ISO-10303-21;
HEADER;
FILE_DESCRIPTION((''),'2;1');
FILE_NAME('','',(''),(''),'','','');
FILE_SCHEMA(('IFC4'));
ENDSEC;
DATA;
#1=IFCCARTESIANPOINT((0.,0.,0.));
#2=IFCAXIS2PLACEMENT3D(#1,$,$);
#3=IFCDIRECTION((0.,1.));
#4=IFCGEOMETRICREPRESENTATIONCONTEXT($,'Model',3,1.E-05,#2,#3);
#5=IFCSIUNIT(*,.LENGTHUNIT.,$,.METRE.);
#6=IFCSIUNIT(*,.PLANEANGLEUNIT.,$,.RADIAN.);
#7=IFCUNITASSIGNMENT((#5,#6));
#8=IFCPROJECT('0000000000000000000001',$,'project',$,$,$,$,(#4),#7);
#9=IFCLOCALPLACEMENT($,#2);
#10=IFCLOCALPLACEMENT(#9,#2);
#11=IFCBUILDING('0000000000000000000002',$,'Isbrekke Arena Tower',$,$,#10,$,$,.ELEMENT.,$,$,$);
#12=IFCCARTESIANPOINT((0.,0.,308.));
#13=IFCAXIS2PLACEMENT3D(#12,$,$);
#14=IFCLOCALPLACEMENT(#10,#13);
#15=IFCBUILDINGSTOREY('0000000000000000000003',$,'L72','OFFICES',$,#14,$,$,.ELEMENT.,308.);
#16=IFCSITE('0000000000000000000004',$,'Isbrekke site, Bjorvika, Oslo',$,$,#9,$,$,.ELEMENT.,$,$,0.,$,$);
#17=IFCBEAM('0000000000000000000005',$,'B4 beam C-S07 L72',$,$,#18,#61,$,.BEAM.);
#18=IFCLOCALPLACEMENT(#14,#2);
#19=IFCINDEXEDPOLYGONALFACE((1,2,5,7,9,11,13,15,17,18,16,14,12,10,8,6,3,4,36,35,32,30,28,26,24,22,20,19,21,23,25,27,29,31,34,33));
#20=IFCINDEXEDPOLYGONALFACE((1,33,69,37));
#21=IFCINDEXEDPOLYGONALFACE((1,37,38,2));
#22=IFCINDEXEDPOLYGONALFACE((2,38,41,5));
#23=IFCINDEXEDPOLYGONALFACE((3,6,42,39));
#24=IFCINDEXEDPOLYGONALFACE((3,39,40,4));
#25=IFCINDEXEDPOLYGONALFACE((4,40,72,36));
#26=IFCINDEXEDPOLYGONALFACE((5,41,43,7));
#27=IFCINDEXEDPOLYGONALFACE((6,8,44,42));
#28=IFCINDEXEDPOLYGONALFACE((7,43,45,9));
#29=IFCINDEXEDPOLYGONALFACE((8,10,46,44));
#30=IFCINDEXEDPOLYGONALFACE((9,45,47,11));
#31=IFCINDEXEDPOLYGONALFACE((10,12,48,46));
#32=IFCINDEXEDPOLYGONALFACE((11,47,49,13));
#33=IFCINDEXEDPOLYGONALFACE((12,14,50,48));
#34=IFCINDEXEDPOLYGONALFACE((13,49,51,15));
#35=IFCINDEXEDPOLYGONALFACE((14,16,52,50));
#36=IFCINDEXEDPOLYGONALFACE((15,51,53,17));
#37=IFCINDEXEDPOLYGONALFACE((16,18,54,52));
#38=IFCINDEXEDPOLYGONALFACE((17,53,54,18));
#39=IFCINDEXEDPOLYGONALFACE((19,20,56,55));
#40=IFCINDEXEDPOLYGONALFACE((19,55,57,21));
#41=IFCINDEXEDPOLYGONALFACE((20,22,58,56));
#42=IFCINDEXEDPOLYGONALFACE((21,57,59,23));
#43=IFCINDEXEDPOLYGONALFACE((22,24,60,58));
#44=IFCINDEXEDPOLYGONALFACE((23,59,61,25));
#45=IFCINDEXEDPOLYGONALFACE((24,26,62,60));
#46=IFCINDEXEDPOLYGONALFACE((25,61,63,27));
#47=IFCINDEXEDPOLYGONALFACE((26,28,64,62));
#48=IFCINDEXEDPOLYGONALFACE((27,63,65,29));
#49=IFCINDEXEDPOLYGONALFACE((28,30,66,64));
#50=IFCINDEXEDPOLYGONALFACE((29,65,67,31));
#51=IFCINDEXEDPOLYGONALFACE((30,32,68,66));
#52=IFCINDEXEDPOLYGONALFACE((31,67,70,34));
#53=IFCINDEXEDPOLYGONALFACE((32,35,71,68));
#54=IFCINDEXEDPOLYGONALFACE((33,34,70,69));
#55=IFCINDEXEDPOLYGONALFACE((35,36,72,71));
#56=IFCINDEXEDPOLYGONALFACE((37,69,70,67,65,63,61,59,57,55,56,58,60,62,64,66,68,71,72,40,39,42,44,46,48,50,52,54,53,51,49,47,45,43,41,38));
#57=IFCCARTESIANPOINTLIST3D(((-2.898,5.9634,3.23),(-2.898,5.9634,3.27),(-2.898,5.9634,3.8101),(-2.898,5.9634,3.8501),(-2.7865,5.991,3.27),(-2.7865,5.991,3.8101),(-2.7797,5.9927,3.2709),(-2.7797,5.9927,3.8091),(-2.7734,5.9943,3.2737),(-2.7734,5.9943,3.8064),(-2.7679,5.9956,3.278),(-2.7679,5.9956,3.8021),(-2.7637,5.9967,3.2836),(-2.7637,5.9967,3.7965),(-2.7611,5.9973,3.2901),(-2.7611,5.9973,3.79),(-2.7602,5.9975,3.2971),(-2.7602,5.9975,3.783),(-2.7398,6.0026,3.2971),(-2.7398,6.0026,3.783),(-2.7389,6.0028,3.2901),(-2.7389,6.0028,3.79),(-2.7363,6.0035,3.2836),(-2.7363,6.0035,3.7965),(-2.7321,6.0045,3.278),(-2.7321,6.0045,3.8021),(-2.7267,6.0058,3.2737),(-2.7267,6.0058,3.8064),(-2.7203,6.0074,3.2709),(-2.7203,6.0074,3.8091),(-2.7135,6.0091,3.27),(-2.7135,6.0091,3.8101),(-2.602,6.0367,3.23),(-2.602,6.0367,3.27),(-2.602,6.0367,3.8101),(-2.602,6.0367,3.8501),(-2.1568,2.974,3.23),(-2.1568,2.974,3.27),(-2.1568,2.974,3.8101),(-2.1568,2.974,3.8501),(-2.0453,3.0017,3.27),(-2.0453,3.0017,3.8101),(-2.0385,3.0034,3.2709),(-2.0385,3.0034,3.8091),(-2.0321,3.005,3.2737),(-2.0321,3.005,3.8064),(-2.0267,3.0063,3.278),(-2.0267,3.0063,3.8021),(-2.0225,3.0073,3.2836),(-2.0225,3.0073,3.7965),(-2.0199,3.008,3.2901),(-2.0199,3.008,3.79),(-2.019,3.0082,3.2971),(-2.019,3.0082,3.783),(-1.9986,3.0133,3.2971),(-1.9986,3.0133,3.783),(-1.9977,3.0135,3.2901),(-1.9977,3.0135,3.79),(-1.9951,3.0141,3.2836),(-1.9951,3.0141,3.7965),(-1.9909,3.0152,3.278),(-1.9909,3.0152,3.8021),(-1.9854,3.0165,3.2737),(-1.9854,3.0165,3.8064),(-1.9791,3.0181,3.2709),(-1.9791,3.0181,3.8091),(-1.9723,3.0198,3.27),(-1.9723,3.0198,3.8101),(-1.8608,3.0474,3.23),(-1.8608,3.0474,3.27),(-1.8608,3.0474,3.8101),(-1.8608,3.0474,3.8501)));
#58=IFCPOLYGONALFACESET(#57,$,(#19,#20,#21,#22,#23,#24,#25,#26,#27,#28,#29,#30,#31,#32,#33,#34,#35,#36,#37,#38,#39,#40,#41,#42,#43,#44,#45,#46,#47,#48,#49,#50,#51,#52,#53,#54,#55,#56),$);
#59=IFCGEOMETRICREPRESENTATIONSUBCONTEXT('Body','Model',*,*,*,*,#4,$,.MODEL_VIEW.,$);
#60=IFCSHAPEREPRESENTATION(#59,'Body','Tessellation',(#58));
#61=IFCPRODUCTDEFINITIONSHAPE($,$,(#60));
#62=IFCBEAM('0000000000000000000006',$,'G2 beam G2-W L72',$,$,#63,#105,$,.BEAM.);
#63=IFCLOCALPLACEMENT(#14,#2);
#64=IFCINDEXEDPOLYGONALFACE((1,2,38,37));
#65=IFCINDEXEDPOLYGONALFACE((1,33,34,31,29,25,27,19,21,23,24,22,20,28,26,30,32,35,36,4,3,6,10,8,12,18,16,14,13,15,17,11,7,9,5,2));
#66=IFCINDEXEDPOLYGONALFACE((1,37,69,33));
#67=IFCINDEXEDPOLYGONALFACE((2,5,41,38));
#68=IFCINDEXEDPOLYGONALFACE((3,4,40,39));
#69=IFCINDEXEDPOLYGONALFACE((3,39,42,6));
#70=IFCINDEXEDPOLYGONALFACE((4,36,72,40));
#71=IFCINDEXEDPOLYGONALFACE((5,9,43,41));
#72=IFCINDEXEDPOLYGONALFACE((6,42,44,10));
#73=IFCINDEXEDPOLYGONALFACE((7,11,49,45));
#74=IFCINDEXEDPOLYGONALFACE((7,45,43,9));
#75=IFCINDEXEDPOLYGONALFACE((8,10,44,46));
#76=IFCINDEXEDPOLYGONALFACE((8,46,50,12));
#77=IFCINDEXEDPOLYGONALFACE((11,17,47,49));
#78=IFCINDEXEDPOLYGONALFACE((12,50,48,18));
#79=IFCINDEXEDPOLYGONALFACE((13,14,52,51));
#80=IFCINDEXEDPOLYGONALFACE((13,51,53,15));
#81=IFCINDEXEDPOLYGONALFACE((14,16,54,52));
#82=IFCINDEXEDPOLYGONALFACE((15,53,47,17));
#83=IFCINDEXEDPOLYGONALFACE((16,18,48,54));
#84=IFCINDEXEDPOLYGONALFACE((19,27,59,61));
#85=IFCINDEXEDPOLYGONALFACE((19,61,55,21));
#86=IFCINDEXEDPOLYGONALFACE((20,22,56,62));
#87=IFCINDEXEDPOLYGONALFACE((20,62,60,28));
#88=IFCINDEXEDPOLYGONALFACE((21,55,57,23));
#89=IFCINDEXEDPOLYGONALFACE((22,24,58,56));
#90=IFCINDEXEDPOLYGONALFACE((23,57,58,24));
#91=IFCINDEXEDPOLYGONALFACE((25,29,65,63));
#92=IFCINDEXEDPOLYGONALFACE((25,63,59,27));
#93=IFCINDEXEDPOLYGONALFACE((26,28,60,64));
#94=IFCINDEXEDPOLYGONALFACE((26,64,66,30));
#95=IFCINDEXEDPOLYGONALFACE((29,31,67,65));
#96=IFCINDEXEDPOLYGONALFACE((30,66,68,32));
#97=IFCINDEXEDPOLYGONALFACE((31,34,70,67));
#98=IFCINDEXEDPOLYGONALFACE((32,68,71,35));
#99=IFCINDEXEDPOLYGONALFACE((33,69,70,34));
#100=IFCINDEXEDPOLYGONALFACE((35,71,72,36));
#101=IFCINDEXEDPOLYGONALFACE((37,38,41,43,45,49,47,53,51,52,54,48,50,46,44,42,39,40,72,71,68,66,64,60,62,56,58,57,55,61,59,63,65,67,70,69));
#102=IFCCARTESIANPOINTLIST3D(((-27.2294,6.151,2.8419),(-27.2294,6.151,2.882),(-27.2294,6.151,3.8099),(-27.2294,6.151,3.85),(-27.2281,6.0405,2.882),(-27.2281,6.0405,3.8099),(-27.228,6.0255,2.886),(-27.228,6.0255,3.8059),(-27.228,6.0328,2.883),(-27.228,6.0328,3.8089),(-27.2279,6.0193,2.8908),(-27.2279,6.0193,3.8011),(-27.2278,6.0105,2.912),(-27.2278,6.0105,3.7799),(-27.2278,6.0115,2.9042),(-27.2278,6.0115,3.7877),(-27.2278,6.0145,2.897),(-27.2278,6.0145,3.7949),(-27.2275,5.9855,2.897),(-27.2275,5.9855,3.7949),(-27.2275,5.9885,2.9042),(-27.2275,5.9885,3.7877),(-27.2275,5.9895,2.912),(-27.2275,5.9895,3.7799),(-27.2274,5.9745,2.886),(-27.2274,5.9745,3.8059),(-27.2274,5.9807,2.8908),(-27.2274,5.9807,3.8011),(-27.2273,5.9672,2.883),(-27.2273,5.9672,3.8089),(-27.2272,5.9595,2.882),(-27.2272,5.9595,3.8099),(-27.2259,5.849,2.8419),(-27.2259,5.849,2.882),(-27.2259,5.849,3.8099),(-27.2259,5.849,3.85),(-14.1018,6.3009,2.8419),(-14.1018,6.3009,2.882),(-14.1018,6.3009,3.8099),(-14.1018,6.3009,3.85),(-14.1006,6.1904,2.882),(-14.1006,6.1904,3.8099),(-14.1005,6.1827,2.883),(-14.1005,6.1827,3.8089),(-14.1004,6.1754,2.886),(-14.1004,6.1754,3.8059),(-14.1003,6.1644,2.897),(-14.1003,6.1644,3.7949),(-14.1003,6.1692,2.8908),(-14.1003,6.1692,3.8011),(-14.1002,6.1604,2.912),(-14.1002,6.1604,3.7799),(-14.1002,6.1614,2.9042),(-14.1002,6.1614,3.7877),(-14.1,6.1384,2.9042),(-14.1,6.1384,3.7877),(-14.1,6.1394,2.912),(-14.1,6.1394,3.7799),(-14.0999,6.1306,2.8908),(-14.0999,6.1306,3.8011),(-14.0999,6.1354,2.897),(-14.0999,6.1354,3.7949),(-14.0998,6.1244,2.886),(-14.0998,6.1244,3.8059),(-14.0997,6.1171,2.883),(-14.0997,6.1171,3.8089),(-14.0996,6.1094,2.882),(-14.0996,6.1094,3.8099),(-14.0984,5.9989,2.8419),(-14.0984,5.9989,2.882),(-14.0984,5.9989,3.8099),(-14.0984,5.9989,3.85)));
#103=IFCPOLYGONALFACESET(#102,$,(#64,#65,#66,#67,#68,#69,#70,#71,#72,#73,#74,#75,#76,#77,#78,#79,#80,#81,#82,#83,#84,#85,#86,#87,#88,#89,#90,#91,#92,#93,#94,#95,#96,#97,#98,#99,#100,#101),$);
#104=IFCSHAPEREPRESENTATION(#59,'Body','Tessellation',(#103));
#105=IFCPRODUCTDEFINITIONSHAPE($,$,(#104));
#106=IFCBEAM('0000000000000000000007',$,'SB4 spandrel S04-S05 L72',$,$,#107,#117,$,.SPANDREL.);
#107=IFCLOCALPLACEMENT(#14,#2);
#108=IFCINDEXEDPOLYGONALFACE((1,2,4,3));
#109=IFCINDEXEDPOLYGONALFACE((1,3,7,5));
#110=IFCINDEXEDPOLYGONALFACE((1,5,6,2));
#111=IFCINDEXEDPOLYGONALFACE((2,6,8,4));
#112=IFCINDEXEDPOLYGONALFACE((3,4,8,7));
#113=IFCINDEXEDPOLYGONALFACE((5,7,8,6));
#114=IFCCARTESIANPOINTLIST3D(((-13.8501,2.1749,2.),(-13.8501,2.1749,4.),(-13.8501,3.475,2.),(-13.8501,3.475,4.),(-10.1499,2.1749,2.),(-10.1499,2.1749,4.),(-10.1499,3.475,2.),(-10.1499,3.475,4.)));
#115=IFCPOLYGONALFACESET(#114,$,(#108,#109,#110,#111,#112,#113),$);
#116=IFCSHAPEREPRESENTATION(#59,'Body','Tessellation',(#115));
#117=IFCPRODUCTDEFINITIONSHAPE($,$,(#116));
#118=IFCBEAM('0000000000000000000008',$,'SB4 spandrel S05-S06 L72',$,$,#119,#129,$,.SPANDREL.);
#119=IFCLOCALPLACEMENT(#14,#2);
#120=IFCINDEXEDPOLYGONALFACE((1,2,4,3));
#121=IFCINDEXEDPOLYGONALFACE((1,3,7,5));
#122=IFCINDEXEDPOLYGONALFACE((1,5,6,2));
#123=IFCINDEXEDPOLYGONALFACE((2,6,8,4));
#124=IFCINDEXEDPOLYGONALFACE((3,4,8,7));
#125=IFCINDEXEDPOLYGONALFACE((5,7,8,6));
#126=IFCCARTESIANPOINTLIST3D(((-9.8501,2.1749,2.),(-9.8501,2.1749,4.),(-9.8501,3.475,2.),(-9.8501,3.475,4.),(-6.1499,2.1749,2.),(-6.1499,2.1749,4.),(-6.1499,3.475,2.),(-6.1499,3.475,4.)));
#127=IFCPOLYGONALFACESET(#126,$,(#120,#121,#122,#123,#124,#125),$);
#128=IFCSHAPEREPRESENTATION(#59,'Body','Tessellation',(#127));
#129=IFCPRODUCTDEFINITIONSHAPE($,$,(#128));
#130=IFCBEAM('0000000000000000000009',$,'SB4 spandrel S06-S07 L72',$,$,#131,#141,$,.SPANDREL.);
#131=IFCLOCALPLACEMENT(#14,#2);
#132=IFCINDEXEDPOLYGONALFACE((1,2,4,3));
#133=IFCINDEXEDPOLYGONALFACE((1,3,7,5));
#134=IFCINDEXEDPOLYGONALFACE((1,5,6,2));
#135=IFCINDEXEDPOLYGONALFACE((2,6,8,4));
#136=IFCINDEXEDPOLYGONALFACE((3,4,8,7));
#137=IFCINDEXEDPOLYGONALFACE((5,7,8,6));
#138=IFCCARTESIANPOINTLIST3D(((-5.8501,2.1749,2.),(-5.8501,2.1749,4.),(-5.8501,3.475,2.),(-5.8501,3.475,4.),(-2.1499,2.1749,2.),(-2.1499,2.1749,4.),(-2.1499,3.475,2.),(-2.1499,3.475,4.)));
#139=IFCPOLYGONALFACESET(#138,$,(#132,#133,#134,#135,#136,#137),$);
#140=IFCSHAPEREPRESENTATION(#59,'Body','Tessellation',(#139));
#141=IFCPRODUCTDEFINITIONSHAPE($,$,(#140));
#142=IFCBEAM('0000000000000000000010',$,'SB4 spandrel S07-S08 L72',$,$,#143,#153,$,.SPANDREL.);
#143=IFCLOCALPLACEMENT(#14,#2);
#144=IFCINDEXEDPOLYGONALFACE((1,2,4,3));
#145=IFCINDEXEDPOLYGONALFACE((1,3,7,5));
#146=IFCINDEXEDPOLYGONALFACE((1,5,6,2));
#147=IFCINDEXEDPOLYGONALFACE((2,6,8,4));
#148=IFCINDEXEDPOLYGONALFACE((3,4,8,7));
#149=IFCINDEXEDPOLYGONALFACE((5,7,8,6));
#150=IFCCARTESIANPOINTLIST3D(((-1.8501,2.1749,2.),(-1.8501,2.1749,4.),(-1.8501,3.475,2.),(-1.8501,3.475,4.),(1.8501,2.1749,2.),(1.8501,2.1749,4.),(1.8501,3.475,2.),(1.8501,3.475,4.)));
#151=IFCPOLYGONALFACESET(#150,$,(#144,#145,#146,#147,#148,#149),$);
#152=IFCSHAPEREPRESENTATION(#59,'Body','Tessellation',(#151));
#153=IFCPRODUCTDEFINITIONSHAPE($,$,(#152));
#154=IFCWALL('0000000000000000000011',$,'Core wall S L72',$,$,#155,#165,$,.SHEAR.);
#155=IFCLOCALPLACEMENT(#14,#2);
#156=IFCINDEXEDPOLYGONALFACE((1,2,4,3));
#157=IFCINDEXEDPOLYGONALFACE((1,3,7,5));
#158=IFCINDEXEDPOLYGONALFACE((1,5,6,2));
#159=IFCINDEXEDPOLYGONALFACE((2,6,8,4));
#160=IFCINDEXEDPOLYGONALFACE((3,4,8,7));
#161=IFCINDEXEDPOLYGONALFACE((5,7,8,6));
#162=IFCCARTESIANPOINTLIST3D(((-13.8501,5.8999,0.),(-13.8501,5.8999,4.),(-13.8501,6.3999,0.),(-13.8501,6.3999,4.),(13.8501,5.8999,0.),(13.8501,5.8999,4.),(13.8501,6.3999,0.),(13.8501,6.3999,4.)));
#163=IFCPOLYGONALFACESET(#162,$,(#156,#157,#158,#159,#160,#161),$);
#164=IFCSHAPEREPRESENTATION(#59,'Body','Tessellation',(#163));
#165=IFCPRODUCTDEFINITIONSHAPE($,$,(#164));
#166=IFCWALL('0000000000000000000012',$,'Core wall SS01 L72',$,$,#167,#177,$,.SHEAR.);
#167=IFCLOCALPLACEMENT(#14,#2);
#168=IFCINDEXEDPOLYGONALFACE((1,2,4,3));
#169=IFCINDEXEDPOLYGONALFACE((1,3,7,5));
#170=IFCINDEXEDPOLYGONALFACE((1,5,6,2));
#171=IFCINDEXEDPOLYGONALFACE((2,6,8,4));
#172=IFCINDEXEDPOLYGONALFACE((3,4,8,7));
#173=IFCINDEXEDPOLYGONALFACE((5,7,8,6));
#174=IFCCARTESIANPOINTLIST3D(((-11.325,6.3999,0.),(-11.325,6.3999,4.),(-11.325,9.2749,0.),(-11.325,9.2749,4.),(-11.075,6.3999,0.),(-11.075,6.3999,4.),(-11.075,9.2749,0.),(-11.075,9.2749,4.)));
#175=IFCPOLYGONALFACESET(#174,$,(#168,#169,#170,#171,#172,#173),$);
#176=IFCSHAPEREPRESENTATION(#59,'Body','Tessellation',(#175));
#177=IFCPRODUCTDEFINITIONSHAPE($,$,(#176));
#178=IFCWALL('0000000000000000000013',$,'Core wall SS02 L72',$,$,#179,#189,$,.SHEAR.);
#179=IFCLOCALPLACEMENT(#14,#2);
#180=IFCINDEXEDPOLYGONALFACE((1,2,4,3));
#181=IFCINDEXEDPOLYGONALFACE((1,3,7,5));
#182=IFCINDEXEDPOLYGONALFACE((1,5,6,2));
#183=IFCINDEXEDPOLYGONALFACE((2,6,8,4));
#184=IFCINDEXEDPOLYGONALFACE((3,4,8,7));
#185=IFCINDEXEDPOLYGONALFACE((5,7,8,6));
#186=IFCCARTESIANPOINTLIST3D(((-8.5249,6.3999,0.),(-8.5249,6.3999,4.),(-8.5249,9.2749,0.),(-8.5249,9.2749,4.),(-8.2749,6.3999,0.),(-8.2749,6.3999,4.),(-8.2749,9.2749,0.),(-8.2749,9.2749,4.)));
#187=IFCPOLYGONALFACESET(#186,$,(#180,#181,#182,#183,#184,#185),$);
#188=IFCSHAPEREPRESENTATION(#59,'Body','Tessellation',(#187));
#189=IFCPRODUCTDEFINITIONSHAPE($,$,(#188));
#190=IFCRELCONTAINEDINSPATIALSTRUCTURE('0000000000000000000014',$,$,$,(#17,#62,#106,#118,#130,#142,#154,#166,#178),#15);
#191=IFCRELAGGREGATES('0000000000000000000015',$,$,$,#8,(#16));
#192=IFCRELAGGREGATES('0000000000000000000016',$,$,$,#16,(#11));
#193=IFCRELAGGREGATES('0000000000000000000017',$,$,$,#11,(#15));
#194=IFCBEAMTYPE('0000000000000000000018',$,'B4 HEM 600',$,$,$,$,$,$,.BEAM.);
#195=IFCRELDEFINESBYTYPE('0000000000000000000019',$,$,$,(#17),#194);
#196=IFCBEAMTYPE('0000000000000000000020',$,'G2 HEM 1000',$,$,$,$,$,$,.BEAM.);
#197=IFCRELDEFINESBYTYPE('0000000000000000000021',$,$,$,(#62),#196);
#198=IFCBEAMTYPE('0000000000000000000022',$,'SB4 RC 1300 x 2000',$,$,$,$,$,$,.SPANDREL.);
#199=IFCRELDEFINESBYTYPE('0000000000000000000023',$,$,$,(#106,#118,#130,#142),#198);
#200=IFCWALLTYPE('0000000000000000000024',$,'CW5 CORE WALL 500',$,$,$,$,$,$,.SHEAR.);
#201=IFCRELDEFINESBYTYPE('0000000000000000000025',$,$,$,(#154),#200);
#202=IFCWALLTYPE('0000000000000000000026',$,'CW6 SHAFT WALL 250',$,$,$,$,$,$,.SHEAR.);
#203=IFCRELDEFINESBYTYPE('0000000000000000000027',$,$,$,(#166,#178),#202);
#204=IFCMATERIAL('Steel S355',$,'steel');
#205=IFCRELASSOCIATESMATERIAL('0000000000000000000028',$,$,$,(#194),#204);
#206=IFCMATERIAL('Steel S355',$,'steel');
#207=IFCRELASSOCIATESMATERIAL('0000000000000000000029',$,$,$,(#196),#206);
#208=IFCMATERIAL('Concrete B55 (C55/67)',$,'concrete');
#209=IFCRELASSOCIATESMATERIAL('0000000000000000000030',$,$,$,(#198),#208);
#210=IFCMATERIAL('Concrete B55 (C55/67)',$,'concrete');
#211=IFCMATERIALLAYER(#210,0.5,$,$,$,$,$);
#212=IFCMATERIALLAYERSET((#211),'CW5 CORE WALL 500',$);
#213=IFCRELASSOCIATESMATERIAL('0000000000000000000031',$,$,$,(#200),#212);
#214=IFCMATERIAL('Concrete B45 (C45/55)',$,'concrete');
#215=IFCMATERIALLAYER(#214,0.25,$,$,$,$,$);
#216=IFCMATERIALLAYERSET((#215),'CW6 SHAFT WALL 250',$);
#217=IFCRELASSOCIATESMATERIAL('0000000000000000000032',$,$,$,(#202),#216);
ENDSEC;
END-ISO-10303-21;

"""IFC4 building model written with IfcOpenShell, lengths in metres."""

from ifc_helpers import new_model, si_unit, direction, frame, frame_2d, origin, origin_2d, place, context, subcontext, project, spatial, rectangle, i_section, extrude, material, layer, layer_set, material_profile, profile_set, type_object, element, save


model = new_model("IFC4")

# Units and contexts
model_context = context("Model", 3, precision=1e-05, world=origin(), true_north=direction((0.0, 1.0)))
body_context = subcontext(model_context, "Body", "Model", "MODEL_VIEW")
ifc_project = project(units=[si_unit("LENGTHUNIT", "METRE"), si_unit("PLANEANGLEUNIT", "RADIAN")], contexts=[model_context])

# Site, building, storey
site_placement = place(None, origin())
site = spatial("IfcSite", under=ifc_project, at=site_placement, Name="Isbrekke site, Bjorvika, Oslo", CompositionType="ELEMENT", RefElevation=0.0)
building_placement = place(site_placement, origin())
building = spatial("IfcBuilding", under=site, at=building_placement, Name="Isbrekke Arena Tower", CompositionType="ELEMENT")
storey_placement = place(building_placement, frame((0.0, 0.0, 308.0)))
storey = spatial("IfcBuildingStorey", under=building, at=storey_placement, Name="L72", Description="OFFICES", CompositionType="ELEMENT", Elevation=308.0)

# Beams
ifc_material_1 = material(Name="Steel S355", Category="steel")
ifc_material_profile_1 = material_profile(ifc_material_1, i_section(OverallWidth=0.3049, OverallDepth=0.6201, WebThickness=0.021, FlangeThickness=0.04, FilletRadius=0.0271, at=origin_2d()), Name="HEM 600")
ifc_profile_set_1 = profile_set([ifc_material_profile_1], Name="Steel S355")
beam_type_1 = type_object("IfcBeamType", Name="B4 HEM 600", PredefinedType="BEAM", material=ifc_profile_set_1)
beam_1_placement = place(storey_placement, frame((-2.0088, 3.0107, 3.54), z_axis=(-0.24067, 0.970607, 0.0), x_axis=(-0.970607, -0.24067, 0.0)))
element("IfcBeam", 1, at=beam_1_placement, inside=storey, type_object=beam_type_1, Name="B4 beam C-S07 L72", PredefinedType="BEAM", context=body_context, shape_type="SweptSolid", body=[
    extrude(i_section(OverallWidth=0.3049, OverallDepth=0.6201, WebThickness=0.021, FlangeThickness=0.04, FilletRadius=0.0271, at=origin_2d()), origin(), (0.0, 0.0, 1.0), 3.0798),
])
ifc_material_2 = material(Name="Steel S355", Category="steel")
ifc_material_profile_2 = material_profile(ifc_material_2, i_section(OverallWidth=0.302, OverallDepth=1.0081, WebThickness=0.021, FlangeThickness=0.04, FilletRadius=0.03, at=origin_2d()), Name="HEM 1000")
ifc_profile_set_2 = profile_set([ifc_material_profile_2], Name="Steel S355")
beam_type_2 = type_object("IfcBeamType", Name="G2 HEM 1000", PredefinedType="BEAM", material=ifc_profile_set_2)
beam_2_placement = place(storey_placement, frame((-14.1001, 6.1499, 3.3459), z_axis=(-0.999935, -0.011418, 0.0), x_axis=(0.011418, -0.999935, 0.0)))
element("IfcBeam", 2, at=beam_2_placement, inside=storey, type_object=beam_type_2, Name="G2 beam G2-W L72", PredefinedType="BEAM", context=body_context, shape_type="SweptSolid", body=[
    extrude(i_section(OverallWidth=0.302, OverallDepth=1.0081, WebThickness=0.021, FlangeThickness=0.04, FilletRadius=0.03, at=origin_2d()), origin(), (0.0, 0.0, 1.0), 13.1284),
])
ifc_material_3 = material(Name="Concrete B55 (C55/67)", Category="concrete")
ifc_material_profile_3 = material_profile(ifc_material_3, rectangle(XDim=1.3, YDim=2.0, at=origin_2d()), Name="RC 1300x2000")
ifc_profile_set_3 = profile_set([ifc_material_profile_3], Name="Concrete B55 (C55/67)")
beam_type_3 = type_object("IfcBeamType", Name="SB4 RC 1300 x 2000", PredefinedType="SPANDREL", material=ifc_profile_set_3)
for number, where, z_axis, x_axis, name in (
    (3, (-13.8501, 2.825, 3.0), (1.0, 0.0, 0.0), (0.0, 1.0, 0.0), "SB4 spandrel S04-S05 L72"),
    (4, (-9.8501, 2.825, 3.0), (1.0, 0.0, 0.0), (0.0, 1.0, 0.0), "SB4 spandrel S05-S06 L72"),
    (5, (-5.8501, 2.825, 3.0), (1.0, 0.0, 0.0), (0.0, 1.0, 0.0), "SB4 spandrel S06-S07 L72"),
    (6, (-1.8501, 2.825, 3.0), (1.0, 0.0, 0.0), (0.0, 1.0, 0.0), "SB4 spandrel S07-S08 L72"),
):
    element("IfcBeam", number, at=place(storey_placement, frame(where, z_axis=z_axis, x_axis=x_axis)), inside=storey, type_object=beam_type_3, Name=name, PredefinedType="SPANDREL", context=body_context, shape_type="SweptSolid", body=[
        extrude(rectangle(XDim=1.3, YDim=2.0, at=origin_2d()), origin(), (0.0, 0.0, 1.0), 3.7002),
    ])

# Walls
ifc_material_4 = material(Name="Concrete B55 (C55/67)", Category="concrete")
ifc_layer_1 = layer(ifc_material_4, 0.5)
ifc_layer_set_1 = layer_set([ifc_layer_1], Name="CW5 CORE WALL 500")
wall_type_1 = type_object("IfcWallType", Name="CW5 CORE WALL 500", PredefinedType="SHEAR", material=ifc_layer_set_1)
wall_1_placement = place(storey_placement, frame((-13.8501, 6.1499, 0.0), z_axis=(0.0, 0.0, 1.0), x_axis=(1.0, 0.0, 0.0)))
element("IfcWall", 7, at=wall_1_placement, inside=storey, type_object=wall_type_1, Name="Core wall S L72", PredefinedType="SHEAR", context=body_context, shape_type="SweptSolid", body=[
    extrude(rectangle(XDim=27.7002, YDim=0.5, at=frame_2d((13.8501, 0.0))), origin(), (0.0, 0.0, 1.0), 4.0),
])
ifc_material_5 = material(Name="Concrete B45 (C45/55)", Category="concrete")
ifc_layer_2 = layer(ifc_material_5, 0.25)
ifc_layer_set_2 = layer_set([ifc_layer_2], Name="CW6 SHAFT WALL 250")
wall_type_2 = type_object("IfcWallType", Name="CW6 SHAFT WALL 250", PredefinedType="SHEAR", material=ifc_layer_set_2)
for number, where, z_axis, x_axis, name in (
    (8, (-11.2, 6.3999, 0.0), (0.0, 0.0, 1.0), (0.0, 1.0, 0.0), "Core wall SS01 L72"),
    (9, (-8.3999, 6.3999, 0.0), (0.0, 0.0, 1.0), (0.0, 1.0, 0.0), "Core wall SS02 L72"),
):
    element("IfcWall", number, at=place(storey_placement, frame(where, z_axis=z_axis, x_axis=x_axis)), inside=storey, type_object=wall_type_2, Name=name, PredefinedType="SHEAR", context=body_context, shape_type="SweptSolid", body=[
        extrude(rectangle(XDim=2.875, YDim=0.25, at=frame_2d((1.4375, 0.0))), origin(), (0.0, 0.0, 1.0), 4.0),
    ])

save(model, "model.ifc")
